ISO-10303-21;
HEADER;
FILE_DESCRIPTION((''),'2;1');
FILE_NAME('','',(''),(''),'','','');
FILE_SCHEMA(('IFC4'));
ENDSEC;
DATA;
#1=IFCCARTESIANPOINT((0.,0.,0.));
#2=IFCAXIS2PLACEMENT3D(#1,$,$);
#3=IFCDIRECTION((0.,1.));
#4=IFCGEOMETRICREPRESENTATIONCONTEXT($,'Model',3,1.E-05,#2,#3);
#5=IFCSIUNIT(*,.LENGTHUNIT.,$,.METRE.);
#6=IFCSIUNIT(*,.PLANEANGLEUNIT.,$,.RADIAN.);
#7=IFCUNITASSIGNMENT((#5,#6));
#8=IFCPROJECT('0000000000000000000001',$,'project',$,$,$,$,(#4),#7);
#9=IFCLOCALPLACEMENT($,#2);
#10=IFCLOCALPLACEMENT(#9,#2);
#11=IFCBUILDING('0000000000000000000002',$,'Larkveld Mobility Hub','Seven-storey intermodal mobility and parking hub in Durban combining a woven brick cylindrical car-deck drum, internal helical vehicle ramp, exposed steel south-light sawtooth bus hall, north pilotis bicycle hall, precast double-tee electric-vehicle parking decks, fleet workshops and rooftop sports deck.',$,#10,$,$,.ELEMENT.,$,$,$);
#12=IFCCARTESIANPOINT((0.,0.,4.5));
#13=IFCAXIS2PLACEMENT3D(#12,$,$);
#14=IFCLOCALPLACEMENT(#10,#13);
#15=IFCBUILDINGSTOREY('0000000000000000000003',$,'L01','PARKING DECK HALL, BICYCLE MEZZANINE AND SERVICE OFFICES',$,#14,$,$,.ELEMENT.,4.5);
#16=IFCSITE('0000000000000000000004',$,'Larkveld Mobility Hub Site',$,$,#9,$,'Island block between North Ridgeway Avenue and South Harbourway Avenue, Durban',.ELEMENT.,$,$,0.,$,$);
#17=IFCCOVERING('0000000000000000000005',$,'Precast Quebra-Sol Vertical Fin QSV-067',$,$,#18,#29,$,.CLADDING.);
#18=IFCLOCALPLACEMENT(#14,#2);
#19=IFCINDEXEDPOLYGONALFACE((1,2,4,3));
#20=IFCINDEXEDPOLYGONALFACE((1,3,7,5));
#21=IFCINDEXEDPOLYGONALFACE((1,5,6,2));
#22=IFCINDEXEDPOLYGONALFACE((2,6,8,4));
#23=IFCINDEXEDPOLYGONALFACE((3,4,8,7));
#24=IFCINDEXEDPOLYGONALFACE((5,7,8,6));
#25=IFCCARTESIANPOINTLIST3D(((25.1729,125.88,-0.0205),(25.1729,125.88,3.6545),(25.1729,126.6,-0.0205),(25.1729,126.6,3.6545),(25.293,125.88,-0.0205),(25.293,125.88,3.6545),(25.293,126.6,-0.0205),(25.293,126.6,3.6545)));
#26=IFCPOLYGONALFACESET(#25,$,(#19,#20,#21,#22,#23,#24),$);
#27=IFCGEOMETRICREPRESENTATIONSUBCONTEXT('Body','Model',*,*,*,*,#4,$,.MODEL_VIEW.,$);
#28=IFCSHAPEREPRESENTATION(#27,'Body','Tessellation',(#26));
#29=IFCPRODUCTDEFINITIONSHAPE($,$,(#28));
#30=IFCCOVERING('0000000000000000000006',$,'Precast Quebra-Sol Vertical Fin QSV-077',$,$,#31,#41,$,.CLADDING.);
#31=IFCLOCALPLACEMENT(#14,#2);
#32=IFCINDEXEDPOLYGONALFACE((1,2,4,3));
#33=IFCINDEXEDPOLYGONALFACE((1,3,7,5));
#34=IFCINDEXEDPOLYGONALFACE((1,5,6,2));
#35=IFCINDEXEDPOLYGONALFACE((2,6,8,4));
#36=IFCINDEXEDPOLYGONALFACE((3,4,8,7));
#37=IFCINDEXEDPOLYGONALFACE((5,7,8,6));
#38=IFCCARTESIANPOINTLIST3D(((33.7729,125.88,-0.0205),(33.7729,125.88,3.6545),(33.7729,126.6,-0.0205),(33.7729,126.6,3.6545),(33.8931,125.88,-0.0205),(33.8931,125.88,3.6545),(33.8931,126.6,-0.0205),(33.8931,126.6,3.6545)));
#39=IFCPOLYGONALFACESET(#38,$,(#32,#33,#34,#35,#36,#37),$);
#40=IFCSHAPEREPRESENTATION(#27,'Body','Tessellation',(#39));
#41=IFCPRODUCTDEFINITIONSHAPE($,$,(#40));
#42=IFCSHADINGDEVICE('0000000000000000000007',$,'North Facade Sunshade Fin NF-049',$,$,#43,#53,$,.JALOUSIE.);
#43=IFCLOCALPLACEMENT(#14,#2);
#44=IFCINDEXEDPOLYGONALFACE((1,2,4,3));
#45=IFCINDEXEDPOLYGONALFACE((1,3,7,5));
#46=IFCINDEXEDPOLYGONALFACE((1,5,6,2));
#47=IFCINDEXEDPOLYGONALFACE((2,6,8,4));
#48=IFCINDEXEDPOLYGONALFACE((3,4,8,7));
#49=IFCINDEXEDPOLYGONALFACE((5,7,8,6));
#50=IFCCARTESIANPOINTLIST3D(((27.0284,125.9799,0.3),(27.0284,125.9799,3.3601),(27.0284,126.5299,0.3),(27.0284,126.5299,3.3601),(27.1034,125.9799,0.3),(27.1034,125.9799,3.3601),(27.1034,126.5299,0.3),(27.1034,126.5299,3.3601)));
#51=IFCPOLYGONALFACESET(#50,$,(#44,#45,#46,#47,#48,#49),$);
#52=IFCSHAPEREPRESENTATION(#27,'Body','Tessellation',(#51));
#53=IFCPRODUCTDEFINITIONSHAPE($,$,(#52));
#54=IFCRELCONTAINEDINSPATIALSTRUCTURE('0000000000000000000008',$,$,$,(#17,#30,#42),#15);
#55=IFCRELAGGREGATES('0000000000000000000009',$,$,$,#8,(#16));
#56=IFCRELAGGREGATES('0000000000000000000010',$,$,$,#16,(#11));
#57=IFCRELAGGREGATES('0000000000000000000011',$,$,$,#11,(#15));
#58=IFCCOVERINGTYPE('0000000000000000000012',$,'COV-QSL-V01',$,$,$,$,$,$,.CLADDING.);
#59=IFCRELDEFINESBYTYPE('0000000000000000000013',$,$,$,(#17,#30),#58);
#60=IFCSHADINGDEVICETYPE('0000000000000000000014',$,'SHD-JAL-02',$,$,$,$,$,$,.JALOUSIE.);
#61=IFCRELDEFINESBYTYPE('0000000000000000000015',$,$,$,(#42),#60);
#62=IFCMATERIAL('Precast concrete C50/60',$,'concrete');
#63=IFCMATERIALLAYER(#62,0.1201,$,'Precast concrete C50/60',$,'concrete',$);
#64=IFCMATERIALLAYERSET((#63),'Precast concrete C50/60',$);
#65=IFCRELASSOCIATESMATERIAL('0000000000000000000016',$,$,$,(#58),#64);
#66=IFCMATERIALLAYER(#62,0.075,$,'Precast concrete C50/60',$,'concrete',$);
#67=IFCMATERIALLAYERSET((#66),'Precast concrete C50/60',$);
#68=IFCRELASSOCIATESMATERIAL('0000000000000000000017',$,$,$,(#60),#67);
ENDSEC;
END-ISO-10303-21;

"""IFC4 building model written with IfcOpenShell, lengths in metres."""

from ifc_helpers import new_model, si_unit, direction, frame, origin, origin_2d, place, context, subcontext, project, spatial, rectangle, extrude, material, layer, layer_set, type_object, element, save


model = new_model("IFC4")

# Units and contexts
model_context = context("Model", 3, precision=1e-05, world=origin(), true_north=direction((0.0, 1.0)))
body_context = subcontext(model_context, "Body", "Model", "MODEL_VIEW")
ifc_project = project(units=[si_unit("LENGTHUNIT", "METRE"), si_unit("PLANEANGLEUNIT", "RADIAN")], contexts=[model_context])

# Site, building, storey
site_placement = place(None, origin())
site = spatial("IfcSite", under=ifc_project, at=site_placement, Name="Larkveld Mobility Hub Site", LongName="Island block between North Ridgeway Avenue and South Harbourway Avenue, Durban", CompositionType="ELEMENT", RefElevation=0.0)
building_placement = place(site_placement, origin())
building = spatial("IfcBuilding", under=site, at=building_placement, Name="Larkveld Mobility Hub", Description="Seven-storey intermodal mobility and parking hub in Durban combining a woven brick cylindrical car-deck drum, internal helical vehicle ramp, exposed steel south-light sawtooth bus hall, north pilotis bicycle hall, precast double-tee electric-vehicle parking decks, fleet workshops and rooftop sports deck.", CompositionType="ELEMENT")
storey_placement = place(building_placement, frame((0.0, 0.0, 4.5)))
storey = spatial("IfcBuildingStorey", under=building, at=storey_placement, Name="L01", Description="PARKING DECK HALL, BICYCLE MEZZANINE AND SERVICE OFFICES", CompositionType="ELEMENT", Elevation=4.5)

# Shared definitions
ifc_material_1 = material(Name="Precast concrete C50/60", Category="concrete")

# Coverings
ifc_layer_1 = layer(ifc_material_1, 0.1201, Name="Precast concrete C50/60", Category="concrete")
ifc_layer_set_1 = layer_set([ifc_layer_1], Name="Precast concrete C50/60")
covering_type_1 = type_object("IfcCoveringType", Name="COV-QSL-V01", PredefinedType="CLADDING", material=ifc_layer_set_1)
for number, where, z_axis, x_axis, name in (
    (1, (25.2329, 126.24, -0.0205), (0.0, 0.0, 1.0), (-1.0, 0.0, 0.0), "Precast Quebra-Sol Vertical Fin QSV-067"),
    (2, (33.833, 126.24, -0.0205), (0.0, 0.0, 1.0), (-1.0, 0.0, 0.0), "Precast Quebra-Sol Vertical Fin QSV-077"),
):
    element("IfcCovering", number, at=place(storey_placement, frame(where, z_axis=z_axis, x_axis=x_axis)), inside=storey, type_object=covering_type_1, Name=name, PredefinedType="CLADDING", context=body_context, shape_type="SweptSolid", body=[
        extrude(rectangle(XDim=0.1201, YDim=0.72, at=origin_2d()), origin(), (0.0, 0.0, 1.0), 3.675),
    ])

# Shading device
ifc_layer_2 = layer(ifc_material_1, 0.075, Name="Precast concrete C50/60", Category="concrete")
ifc_layer_set_2 = layer_set([ifc_layer_2], Name="Precast concrete C50/60")
shading_device_type = type_object("IfcShadingDeviceType", Name="SHD-JAL-02", PredefinedType="JALOUSIE", material=ifc_layer_set_2)
shading_device_placement = place(storey_placement, frame((27.0659, 126.2549, 0.3), z_axis=(0.0, 0.0, 1.0), x_axis=(1.0, 0.0, 0.0)))
element("IfcShadingDevice", 3, at=shading_device_placement, inside=storey, type_object=shading_device_type, Name="North Facade Sunshade Fin NF-049", PredefinedType="JALOUSIE", context=body_context, shape_type="SweptSolid", body=[
    extrude(rectangle(XDim=0.075, YDim=0.55, at=origin_2d()), origin(), (0.0, 0.0, 1.0), 3.0601),
])

save(model, "model.ifc")
